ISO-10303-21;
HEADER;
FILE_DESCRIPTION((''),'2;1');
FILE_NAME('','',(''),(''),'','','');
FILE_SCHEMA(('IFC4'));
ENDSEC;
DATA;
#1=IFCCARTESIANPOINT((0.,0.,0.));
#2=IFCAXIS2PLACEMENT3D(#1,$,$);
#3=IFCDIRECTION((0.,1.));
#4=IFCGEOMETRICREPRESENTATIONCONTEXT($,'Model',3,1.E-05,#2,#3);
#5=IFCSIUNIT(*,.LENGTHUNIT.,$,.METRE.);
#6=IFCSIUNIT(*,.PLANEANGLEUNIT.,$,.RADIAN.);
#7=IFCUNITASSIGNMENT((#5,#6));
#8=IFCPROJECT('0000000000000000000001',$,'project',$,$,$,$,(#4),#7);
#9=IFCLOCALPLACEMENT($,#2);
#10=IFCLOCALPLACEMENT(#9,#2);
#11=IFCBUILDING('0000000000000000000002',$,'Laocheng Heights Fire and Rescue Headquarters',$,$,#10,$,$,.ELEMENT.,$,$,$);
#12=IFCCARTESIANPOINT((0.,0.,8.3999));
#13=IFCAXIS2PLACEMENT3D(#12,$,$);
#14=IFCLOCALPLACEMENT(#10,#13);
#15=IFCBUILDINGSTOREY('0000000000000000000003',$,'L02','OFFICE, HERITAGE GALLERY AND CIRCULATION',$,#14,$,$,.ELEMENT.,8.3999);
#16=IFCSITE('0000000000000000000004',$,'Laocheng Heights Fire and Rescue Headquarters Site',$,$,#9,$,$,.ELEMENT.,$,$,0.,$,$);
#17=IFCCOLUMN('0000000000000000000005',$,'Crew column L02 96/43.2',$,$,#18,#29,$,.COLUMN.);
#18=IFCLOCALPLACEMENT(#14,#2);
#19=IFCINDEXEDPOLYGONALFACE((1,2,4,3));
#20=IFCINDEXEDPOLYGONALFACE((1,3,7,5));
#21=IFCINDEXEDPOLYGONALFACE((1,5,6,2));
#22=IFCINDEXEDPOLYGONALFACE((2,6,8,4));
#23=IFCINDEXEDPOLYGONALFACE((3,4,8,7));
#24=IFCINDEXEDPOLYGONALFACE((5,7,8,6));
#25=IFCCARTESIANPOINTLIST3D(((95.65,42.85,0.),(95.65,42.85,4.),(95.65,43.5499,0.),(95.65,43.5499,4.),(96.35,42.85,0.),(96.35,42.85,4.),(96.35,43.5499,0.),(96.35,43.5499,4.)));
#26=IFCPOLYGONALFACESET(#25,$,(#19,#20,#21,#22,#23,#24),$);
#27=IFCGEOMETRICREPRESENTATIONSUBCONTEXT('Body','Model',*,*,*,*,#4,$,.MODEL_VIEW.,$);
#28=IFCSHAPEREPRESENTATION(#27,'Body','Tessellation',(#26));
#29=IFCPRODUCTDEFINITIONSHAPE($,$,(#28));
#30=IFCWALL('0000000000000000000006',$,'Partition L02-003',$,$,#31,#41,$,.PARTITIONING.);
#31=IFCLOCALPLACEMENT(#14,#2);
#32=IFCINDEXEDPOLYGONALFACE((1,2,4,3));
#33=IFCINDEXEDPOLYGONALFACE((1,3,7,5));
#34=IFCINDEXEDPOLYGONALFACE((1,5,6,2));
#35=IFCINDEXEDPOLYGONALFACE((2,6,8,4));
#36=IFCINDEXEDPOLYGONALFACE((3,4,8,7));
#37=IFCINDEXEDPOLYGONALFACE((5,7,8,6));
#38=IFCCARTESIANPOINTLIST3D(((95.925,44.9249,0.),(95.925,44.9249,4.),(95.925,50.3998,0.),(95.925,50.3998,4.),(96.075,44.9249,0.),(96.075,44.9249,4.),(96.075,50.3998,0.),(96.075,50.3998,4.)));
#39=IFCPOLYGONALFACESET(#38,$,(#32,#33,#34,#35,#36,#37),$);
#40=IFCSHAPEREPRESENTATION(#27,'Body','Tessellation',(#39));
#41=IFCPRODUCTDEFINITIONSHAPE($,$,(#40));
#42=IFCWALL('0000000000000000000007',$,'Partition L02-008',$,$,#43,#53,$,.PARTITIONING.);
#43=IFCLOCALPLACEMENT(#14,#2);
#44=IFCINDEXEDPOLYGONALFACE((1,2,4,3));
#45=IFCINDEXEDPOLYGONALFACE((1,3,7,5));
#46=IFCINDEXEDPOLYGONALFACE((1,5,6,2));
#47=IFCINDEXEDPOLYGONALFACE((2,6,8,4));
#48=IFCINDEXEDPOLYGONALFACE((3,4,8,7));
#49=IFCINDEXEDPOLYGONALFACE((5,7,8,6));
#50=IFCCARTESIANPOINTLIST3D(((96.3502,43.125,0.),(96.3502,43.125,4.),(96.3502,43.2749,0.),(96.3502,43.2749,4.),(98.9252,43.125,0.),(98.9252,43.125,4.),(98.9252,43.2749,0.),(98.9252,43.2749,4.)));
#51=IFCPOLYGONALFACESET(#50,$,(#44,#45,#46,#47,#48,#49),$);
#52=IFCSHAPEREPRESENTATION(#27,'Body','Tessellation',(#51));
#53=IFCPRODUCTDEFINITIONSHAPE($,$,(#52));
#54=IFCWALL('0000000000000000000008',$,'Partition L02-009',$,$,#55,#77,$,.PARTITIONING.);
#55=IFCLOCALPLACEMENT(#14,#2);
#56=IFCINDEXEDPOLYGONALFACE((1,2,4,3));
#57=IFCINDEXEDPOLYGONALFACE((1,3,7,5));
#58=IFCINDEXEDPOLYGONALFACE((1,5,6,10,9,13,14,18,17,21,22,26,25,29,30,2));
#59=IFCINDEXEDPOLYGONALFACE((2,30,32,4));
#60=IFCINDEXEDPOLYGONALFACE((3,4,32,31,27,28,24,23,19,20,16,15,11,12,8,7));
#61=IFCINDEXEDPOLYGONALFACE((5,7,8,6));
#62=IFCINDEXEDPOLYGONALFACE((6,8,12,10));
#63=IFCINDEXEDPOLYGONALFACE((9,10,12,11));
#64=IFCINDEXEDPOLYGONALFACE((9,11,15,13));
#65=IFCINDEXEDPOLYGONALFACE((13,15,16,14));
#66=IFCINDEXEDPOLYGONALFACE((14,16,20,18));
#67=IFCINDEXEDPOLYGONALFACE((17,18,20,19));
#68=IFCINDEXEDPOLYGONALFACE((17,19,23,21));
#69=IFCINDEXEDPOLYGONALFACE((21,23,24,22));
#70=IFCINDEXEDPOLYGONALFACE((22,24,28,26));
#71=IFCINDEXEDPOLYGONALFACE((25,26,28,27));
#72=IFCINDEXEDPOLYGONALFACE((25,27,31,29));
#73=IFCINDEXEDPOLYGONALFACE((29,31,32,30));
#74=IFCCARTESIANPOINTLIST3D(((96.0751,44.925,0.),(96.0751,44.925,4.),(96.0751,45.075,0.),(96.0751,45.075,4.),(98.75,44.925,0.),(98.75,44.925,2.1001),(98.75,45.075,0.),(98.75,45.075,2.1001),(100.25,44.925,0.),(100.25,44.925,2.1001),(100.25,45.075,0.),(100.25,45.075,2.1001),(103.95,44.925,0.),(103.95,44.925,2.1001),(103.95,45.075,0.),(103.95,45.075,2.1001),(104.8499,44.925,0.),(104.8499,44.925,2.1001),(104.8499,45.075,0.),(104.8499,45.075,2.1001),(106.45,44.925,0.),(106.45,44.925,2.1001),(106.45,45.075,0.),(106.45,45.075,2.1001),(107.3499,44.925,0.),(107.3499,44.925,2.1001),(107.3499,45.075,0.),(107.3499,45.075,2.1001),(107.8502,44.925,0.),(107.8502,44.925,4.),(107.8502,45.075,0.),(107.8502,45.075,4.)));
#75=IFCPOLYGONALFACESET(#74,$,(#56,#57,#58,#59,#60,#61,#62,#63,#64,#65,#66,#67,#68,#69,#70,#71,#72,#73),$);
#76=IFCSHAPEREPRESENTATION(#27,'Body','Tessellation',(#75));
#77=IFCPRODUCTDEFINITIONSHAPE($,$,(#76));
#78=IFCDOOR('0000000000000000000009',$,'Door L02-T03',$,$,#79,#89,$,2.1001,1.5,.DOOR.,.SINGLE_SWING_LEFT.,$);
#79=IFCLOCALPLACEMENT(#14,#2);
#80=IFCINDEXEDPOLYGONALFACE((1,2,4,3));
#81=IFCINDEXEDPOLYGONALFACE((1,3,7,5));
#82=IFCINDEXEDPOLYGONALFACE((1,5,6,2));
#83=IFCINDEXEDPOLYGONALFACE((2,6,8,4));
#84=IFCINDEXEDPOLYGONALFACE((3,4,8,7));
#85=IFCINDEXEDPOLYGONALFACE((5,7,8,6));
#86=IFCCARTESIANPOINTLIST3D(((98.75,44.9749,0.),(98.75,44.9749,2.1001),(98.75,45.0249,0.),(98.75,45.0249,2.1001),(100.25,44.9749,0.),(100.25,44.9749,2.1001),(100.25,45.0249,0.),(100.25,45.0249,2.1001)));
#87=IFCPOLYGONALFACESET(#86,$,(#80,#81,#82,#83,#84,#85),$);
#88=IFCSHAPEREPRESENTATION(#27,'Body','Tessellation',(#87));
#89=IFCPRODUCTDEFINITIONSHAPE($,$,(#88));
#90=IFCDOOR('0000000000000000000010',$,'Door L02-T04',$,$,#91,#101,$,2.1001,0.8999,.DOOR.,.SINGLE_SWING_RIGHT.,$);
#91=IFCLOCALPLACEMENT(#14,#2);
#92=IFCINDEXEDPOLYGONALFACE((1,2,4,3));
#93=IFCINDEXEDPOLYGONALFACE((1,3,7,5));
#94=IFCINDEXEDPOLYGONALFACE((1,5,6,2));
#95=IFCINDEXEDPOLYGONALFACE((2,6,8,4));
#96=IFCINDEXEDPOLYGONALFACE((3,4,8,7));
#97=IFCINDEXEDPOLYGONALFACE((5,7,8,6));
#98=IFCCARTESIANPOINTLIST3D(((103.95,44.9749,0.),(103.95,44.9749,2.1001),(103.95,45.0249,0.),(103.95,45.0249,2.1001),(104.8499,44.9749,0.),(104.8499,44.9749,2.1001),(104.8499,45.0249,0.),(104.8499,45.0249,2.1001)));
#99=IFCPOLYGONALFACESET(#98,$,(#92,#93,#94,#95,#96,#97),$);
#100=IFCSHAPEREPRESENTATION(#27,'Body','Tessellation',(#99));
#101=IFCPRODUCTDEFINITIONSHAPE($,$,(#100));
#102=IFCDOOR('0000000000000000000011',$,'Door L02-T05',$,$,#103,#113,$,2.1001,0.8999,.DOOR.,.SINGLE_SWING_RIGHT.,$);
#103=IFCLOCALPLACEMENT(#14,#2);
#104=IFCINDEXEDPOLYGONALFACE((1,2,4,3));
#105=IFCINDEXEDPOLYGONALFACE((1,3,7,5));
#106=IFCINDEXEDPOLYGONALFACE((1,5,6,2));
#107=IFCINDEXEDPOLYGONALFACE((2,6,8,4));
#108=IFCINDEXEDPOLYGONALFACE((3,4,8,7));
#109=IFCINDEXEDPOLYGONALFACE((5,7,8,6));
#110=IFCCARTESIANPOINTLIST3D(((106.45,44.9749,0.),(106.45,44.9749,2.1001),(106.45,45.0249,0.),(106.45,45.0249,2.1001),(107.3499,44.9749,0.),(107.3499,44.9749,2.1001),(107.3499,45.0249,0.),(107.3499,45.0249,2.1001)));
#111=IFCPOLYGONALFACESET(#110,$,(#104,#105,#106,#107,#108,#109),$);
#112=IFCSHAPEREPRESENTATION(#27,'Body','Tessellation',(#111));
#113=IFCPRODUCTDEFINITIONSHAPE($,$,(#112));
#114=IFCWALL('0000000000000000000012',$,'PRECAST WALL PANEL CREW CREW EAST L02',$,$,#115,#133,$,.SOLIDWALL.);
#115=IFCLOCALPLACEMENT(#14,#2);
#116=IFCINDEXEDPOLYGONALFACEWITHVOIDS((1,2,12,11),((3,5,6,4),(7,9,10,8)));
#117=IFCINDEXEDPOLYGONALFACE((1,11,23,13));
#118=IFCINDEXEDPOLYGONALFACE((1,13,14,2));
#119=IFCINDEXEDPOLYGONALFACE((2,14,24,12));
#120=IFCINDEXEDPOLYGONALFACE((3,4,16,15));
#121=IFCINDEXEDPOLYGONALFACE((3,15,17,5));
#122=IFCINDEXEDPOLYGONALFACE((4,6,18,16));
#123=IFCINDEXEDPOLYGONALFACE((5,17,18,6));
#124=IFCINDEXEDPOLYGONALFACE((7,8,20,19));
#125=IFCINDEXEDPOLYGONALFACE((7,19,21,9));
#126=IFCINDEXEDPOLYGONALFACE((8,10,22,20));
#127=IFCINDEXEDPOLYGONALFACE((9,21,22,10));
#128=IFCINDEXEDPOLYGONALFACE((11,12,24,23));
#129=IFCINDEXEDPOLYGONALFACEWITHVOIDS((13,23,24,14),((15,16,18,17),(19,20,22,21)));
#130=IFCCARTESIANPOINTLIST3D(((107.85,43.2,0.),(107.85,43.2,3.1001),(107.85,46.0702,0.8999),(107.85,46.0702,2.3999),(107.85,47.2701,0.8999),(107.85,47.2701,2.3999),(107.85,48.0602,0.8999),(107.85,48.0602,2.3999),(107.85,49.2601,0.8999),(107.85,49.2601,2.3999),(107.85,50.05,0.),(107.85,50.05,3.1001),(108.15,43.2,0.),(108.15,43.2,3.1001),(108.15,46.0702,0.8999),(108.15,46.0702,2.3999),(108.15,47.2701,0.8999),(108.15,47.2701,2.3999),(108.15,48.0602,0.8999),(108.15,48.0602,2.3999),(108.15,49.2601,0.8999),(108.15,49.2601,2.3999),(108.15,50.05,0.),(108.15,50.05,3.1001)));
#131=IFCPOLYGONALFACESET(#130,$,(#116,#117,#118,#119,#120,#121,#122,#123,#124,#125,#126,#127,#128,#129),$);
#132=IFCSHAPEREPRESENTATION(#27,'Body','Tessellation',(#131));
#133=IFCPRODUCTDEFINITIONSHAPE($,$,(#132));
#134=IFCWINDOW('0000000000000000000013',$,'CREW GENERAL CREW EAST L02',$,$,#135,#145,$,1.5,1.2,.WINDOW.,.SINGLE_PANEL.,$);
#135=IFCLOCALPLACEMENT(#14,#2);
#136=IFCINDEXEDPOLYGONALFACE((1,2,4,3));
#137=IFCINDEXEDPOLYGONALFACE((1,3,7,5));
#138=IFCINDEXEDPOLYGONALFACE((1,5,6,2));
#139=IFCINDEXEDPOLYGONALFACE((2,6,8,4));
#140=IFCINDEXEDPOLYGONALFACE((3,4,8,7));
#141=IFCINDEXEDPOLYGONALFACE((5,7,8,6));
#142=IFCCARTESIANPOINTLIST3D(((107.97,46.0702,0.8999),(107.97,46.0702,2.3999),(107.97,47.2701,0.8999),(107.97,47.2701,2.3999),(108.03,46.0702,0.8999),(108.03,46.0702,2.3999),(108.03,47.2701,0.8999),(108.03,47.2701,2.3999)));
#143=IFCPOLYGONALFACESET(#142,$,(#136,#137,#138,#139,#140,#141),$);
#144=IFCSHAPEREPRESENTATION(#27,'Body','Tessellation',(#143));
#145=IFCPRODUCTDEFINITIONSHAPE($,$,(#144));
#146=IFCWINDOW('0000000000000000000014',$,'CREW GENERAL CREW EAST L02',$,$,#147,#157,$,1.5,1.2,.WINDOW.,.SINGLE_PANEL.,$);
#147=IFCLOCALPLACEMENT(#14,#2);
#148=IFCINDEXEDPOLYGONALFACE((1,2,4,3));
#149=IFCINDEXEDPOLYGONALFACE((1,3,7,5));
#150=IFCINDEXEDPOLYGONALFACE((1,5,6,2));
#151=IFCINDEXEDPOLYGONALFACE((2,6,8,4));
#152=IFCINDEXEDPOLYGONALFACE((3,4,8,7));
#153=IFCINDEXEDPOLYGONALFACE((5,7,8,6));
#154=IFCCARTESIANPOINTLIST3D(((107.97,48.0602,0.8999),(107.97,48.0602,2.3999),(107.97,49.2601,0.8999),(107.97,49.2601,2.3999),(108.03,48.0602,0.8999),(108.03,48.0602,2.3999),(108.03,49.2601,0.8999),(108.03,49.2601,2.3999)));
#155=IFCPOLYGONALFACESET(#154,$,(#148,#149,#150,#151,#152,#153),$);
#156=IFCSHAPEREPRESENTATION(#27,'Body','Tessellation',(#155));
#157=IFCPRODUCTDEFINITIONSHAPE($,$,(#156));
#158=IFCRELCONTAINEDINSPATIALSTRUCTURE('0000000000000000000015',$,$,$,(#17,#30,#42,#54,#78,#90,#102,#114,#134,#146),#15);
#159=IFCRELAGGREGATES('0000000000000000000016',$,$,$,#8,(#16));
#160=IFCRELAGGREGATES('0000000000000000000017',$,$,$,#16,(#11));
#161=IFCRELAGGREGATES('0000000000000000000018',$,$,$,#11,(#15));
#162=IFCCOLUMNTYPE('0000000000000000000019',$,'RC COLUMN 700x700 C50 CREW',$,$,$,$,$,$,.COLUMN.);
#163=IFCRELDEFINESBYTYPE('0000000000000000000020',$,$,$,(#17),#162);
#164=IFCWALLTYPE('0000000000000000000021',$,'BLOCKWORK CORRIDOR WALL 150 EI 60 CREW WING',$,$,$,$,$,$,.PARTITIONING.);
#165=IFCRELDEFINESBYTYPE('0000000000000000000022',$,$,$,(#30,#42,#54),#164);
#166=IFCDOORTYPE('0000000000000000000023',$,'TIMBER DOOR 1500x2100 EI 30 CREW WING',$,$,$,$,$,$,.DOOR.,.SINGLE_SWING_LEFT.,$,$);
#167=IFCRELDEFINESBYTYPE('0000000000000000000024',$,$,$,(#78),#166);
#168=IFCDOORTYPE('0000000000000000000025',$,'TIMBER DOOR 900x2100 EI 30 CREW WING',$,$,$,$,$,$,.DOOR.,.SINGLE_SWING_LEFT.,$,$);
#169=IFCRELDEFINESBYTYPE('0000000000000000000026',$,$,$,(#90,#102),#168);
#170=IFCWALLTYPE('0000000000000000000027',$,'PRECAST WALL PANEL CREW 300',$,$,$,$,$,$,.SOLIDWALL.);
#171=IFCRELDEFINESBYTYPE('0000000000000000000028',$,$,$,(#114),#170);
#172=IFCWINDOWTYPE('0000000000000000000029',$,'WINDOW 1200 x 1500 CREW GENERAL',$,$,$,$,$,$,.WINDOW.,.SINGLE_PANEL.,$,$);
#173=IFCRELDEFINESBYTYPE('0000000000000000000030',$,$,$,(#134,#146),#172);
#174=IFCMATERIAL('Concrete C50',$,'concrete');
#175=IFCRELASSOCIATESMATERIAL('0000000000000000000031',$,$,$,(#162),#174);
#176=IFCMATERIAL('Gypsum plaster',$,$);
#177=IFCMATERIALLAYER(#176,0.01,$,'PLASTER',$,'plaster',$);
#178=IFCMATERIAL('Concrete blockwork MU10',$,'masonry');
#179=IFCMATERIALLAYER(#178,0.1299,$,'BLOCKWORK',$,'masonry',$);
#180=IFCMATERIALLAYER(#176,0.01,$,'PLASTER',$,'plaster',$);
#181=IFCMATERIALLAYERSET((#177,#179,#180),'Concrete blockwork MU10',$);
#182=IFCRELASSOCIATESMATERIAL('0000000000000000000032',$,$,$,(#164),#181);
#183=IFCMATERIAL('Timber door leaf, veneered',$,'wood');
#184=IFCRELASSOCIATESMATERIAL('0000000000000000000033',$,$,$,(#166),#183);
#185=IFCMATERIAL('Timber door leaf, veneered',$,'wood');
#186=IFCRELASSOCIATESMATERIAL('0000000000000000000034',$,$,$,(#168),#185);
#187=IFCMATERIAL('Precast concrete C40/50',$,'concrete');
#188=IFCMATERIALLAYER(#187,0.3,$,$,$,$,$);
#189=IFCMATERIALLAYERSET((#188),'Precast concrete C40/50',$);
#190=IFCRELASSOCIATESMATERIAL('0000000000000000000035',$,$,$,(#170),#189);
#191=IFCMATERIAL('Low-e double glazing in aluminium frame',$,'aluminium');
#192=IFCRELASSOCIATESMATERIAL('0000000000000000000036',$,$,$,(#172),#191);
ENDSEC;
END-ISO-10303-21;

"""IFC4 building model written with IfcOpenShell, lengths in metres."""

from ifc_helpers import new_model, si_unit, direction, frame, frame_2d, origin, origin_2d, place, context, subcontext, project, spatial, rectangle, extrude, material, layer, layer_set, material_profile, profile_set, type_object, element, fill, save


model = new_model("IFC4")

# Units and contexts
model_context = context("Model", 3, precision=1e-05, world=origin(), true_north=direction((0.0, 1.0)))
body_context = subcontext(model_context, "Body", "Model", "MODEL_VIEW")
ifc_project = project(units=[si_unit("LENGTHUNIT", "METRE"), si_unit("PLANEANGLEUNIT", "RADIAN")], contexts=[model_context])

# Site, building, storey
site_placement = place(None, origin())
site = spatial("IfcSite", under=ifc_project, at=site_placement, Name="Laocheng Heights Fire and Rescue Headquarters Site", CompositionType="ELEMENT", RefElevation=0.0)
building_placement = place(site_placement, origin())
building = spatial("IfcBuilding", under=site, at=building_placement, Name="Laocheng Heights Fire and Rescue Headquarters", CompositionType="ELEMENT")
storey_placement = place(building_placement, frame((0.0, 0.0, 8.3999)))
storey = spatial("IfcBuildingStorey", under=building, at=storey_placement, Name="L02", Description="OFFICE, HERITAGE GALLERY AND CIRCULATION", CompositionType="ELEMENT", Elevation=8.3999)

# Column
ifc_material_1 = material(Name="Concrete C50", Category="concrete")
ifc_material_profile = material_profile(ifc_material_1, rectangle(XDim=0.7, YDim=0.7, at=origin_2d()), Name="RC COLUMN 700x700 C50 CREW")
ifc_profile_set = profile_set([ifc_material_profile], Name="Concrete C50")
column_type = type_object("IfcColumnType", Name="RC COLUMN 700x700 C50 CREW", PredefinedType="COLUMN", material=ifc_profile_set)
column_placement = place(storey_placement, frame((96.0, 43.2, 0.0), z_axis=(0.0, 0.0, 1.0), x_axis=(1.0, 0.0, 0.0)))
element("IfcColumn", 1, at=column_placement, inside=storey, type_object=column_type, Name="Crew column L02 96/43.2", PredefinedType="COLUMN", context=body_context, shape_type="SweptSolid", body=[
    extrude(rectangle(XDim=0.7, YDim=0.7, at=origin_2d()), origin(), (0.0, 0.0, 1.0), 4.0),
])

# Walls
ifc_material_2 = material(Name="Gypsum plaster")
ifc_layer_1 = layer(ifc_material_2, 0.01, Name="PLASTER", Category="plaster")
ifc_material_3 = material(Name="Concrete blockwork MU10", Category="masonry")
ifc_layer_2 = layer(ifc_material_3, 0.1299, Name="BLOCKWORK", Category="masonry")
ifc_layer_3 = layer(ifc_material_2, 0.01, Name="PLASTER", Category="plaster")
ifc_layer_set_1 = layer_set([ifc_layer_1, ifc_layer_2, ifc_layer_3], Name="Concrete blockwork MU10")
wall_type_1 = type_object("IfcWallType", Name="BLOCKWORK CORRIDOR WALL 150 EI 60 CREW WING", PredefinedType="PARTITIONING", material=ifc_layer_set_1)
wall_1_placement = place(storey_placement, frame((96.0, 44.925, 0.0), z_axis=(0.0, 0.0, 1.0), x_axis=(0.0, 1.0, 0.0)))
element("IfcWall", 2, at=wall_1_placement, inside=storey, type_object=wall_type_1, Name="Partition L02-003", PredefinedType="PARTITIONING", context=body_context, shape_type="SweptSolid", body=[
    extrude(rectangle(XDim=5.4749, YDim=0.1499, at=frame_2d((2.7373, 0.0))), origin(), (0.0, 0.0, 1.0), 4.0),
])
wall_2_placement = place(storey_placement, frame((96.3501, 43.2, 0.0), z_axis=(0.0, 0.0, 1.0), x_axis=(1.0, 0.0, 0.0)))
element("IfcWall", 3, at=wall_2_placement, inside=storey, type_object=wall_type_1, Name="Partition L02-008", PredefinedType="PARTITIONING", context=body_context, shape_type="SweptSolid", body=[
    extrude(rectangle(XDim=2.575, YDim=0.1499, at=frame_2d((1.2876, 0.0))), origin(), (0.0, 0.0, 1.0), 4.0),
])

# Wall, openings, doors
wall_3_placement = place(storey_placement, frame((96.075, 45.0, 0.0), z_axis=(0.0, 0.0, 1.0), x_axis=(1.0, 0.0, 0.0)))
wall_3 = element("IfcWall", 4, at=wall_3_placement, inside=storey, type_object=wall_type_1, Name="Partition L02-009", PredefinedType="PARTITIONING", context=body_context, shape_type="SweptSolid", body=[
    extrude(rectangle(XDim=11.7751, YDim=0.1499, at=frame_2d((5.8877, 0.0))), origin(), (0.0, 0.0, 1.0), 4.0),
])
opening_1_placement = place(wall_3_placement, frame((2.675, 0.0, 0.0)))
opening_1 = element("IfcOpeningElement", 5, at=opening_1_placement, cuts=wall_3, PredefinedType="OPENING", context=body_context, shape_type="SweptSolid", body=[
    extrude(rectangle(XDim=1.5, YDim=2.1001, at=frame_2d((0.75, 1.05))), frame((0.0, 0.085, 0.0), z_axis=(0.0, -1.0, 0.0), x_axis=(1.0, 0.0, 0.0)), (0.0, 0.0, 1.0), 0.1699),
])
opening_2_placement = place(wall_3_placement, frame((7.875, 0.0, 0.0)))
opening_2 = element("IfcOpeningElement", 6, at=opening_2_placement, cuts=wall_3, PredefinedType="OPENING", context=body_context, shape_type="SweptSolid", body=[
    extrude(rectangle(XDim=0.8999, YDim=2.1001, at=frame_2d((0.45, 1.05))), frame((0.0, 0.085, 0.0), z_axis=(0.0, -1.0, 0.0), x_axis=(1.0, 0.0, 0.0)), (0.0, 0.0, 1.0), 0.1699),
])
opening_3_placement = place(wall_3_placement, frame((10.375, 0.0, 0.0)))
opening_3 = element("IfcOpeningElement", 7, at=opening_3_placement, cuts=wall_3, PredefinedType="OPENING", context=body_context, shape_type="SweptSolid", body=[
    extrude(rectangle(XDim=0.8999, YDim=2.1001, at=frame_2d((0.45, 1.05))), frame((0.0, 0.085, 0.0), z_axis=(0.0, -1.0, 0.0), x_axis=(1.0, 0.0, 0.0)), (0.0, 0.0, 1.0), 0.1699),
])
ifc_material_4 = material(Name="Timber door leaf, veneered", Category="wood")
door_type_1 = type_object("IfcDoorType", Name="TIMBER DOOR 1500x2100 EI 30 CREW WING", OperationType="SINGLE_SWING_LEFT", PredefinedType="DOOR", material=ifc_material_4)
door_1_placement = place(opening_1_placement, origin())
door_1 = element("IfcDoor", 8, at=door_1_placement, inside=storey, type_object=door_type_1, Name="Door L02-T03", OperationType="SINGLE_SWING_LEFT", OverallHeight=2.1001, OverallWidth=1.5, PredefinedType="DOOR", context=body_context, shape_type="SweptSolid", body=[
    extrude(rectangle(XDim=1.5, YDim=2.1001, at=frame_2d((0.75, 1.05))), frame((0.0, 0.0249, 0.0), z_axis=(0.0, -1.0, 0.0), x_axis=(1.0, 0.0, 0.0)), (0.0, 0.0, 1.0), 0.05),
])
fill(opening_1, door_1)
ifc_material_5 = material(Name="Timber door leaf, veneered", Category="wood")
door_type_2 = type_object("IfcDoorType", Name="TIMBER DOOR 900x2100 EI 30 CREW WING", OperationType="SINGLE_SWING_LEFT", PredefinedType="DOOR", material=ifc_material_5)
door_2_placement = place(opening_2_placement, origin())
door_2 = element("IfcDoor", 9, at=door_2_placement, inside=storey, type_object=door_type_2, Name="Door L02-T04", OperationType="SINGLE_SWING_RIGHT", OverallHeight=2.1001, OverallWidth=0.8999, PredefinedType="DOOR", context=body_context, shape_type="SweptSolid", body=[
    extrude(rectangle(XDim=0.8999, YDim=2.1001, at=frame_2d((0.45, 1.05))), frame((0.0, 0.0249, 0.0), z_axis=(0.0, -1.0, 0.0), x_axis=(1.0, 0.0, 0.0)), (0.0, 0.0, 1.0), 0.05),
])
fill(opening_2, door_2)
door_3_placement = place(opening_3_placement, origin())
door_3 = element("IfcDoor", 10, at=door_3_placement, inside=storey, type_object=door_type_2, Name="Door L02-T05", OperationType="SINGLE_SWING_RIGHT", OverallHeight=2.1001, OverallWidth=0.8999, PredefinedType="DOOR", context=body_context, shape_type="SweptSolid", body=[
    extrude(rectangle(XDim=0.8999, YDim=2.1001, at=frame_2d((0.45, 1.05))), frame((0.0, 0.0249, 0.0), z_axis=(0.0, -1.0, 0.0), x_axis=(1.0, 0.0, 0.0)), (0.0, 0.0, 1.0), 0.05),
])
fill(opening_3, door_3)

# Wall, openings, windows
ifc_material_6 = material(Name="Precast concrete C40/50", Category="concrete")
ifc_layer_4 = layer(ifc_material_6, 0.3)
ifc_layer_set_2 = layer_set([ifc_layer_4], Name="Precast concrete C40/50")
wall_type_2 = type_object("IfcWallType", Name="PRECAST WALL PANEL CREW 300", PredefinedType="SOLIDWALL", material=ifc_layer_set_2)
wall_4_placement = place(storey_placement, frame((108.0, 43.2, 0.0), z_axis=(0.0, 0.0, 1.0), x_axis=(0.0, 1.0, 0.0)))
wall_4 = element("IfcWall", 11, at=wall_4_placement, inside=storey, type_object=wall_type_2, Name="PRECAST WALL PANEL CREW CREW EAST L02", PredefinedType="SOLIDWALL", context=body_context, shape_type="SweptSolid", body=[
    extrude(rectangle(XDim=6.8501, YDim=0.3, at=frame_2d((3.425, 0.0))), origin(), (0.0, 0.0, 1.0), 3.1001),
])
opening_4_placement = place(wall_4_placement, frame((2.8701, 0.0, 0.8999)))
opening_4 = element("IfcOpeningElement", 12, at=opening_4_placement, cuts=wall_4, PredefinedType="OPENING", context=body_context, shape_type="SweptSolid", body=[
    extrude(rectangle(XDim=1.2, YDim=1.5, at=frame_2d((0.6001, 0.75))), frame((0.0, 0.1599, 0.0), z_axis=(0.0, -1.0, 0.0), x_axis=(1.0, 0.0, 0.0)), (0.0, 0.0, 1.0), 0.3201),
])
opening_5_placement = place(wall_4_placement, frame((4.8601, 0.0, 0.8999)))
opening_5 = element("IfcOpeningElement", 13, at=opening_5_placement, cuts=wall_4, PredefinedType="OPENING", context=body_context, shape_type="SweptSolid", body=[
    extrude(rectangle(XDim=1.2, YDim=1.5, at=frame_2d((0.6001, 0.75))), frame((0.0, 0.1599, 0.0), z_axis=(0.0, -1.0, 0.0), x_axis=(1.0, 0.0, 0.0)), (0.0, 0.0, 1.0), 0.3201),
])
ifc_material_7 = material(Name="Low-e double glazing in aluminium frame", Category="aluminium")
window_type = type_object("IfcWindowType", Name="WINDOW 1200 x 1500 CREW GENERAL", PartitioningType="SINGLE_PANEL", PredefinedType="WINDOW", material=ifc_material_7)
window_1_placement = place(opening_4_placement, origin())
window_1 = element("IfcWindow", 14, at=window_1_placement, inside=storey, type_object=window_type, Name="CREW GENERAL CREW EAST L02", OverallHeight=1.5, OverallWidth=1.2, PartitioningType="SINGLE_PANEL", PredefinedType="WINDOW", context=body_context, shape_type="SweptSolid", body=[
    extrude(rectangle(XDim=1.2, YDim=1.5, at=frame_2d((0.6001, 0.75))), frame((0.0, 0.03, 0.0), z_axis=(0.0, -1.0, 0.0), x_axis=(1.0, 0.0, 0.0)), (0.0, 0.0, 1.0), 0.0601),
])
fill(opening_4, window_1)
window_2_placement = place(opening_5_placement, origin())
window_2 = element("IfcWindow", 15, at=window_2_placement, inside=storey, type_object=window_type, Name="CREW GENERAL CREW EAST L02", OverallHeight=1.5, OverallWidth=1.2, PartitioningType="SINGLE_PANEL", PredefinedType="WINDOW", context=body_context, shape_type="SweptSolid", body=[
    extrude(rectangle(XDim=1.2, YDim=1.5, at=frame_2d((0.6001, 0.75))), frame((0.0, 0.03, 0.0), z_axis=(0.0, -1.0, 0.0), x_axis=(1.0, 0.0, 0.0)), (0.0, 0.0, 1.0), 0.0601),
])
fill(opening_5, window_2)

save(model, "model.ifc")
